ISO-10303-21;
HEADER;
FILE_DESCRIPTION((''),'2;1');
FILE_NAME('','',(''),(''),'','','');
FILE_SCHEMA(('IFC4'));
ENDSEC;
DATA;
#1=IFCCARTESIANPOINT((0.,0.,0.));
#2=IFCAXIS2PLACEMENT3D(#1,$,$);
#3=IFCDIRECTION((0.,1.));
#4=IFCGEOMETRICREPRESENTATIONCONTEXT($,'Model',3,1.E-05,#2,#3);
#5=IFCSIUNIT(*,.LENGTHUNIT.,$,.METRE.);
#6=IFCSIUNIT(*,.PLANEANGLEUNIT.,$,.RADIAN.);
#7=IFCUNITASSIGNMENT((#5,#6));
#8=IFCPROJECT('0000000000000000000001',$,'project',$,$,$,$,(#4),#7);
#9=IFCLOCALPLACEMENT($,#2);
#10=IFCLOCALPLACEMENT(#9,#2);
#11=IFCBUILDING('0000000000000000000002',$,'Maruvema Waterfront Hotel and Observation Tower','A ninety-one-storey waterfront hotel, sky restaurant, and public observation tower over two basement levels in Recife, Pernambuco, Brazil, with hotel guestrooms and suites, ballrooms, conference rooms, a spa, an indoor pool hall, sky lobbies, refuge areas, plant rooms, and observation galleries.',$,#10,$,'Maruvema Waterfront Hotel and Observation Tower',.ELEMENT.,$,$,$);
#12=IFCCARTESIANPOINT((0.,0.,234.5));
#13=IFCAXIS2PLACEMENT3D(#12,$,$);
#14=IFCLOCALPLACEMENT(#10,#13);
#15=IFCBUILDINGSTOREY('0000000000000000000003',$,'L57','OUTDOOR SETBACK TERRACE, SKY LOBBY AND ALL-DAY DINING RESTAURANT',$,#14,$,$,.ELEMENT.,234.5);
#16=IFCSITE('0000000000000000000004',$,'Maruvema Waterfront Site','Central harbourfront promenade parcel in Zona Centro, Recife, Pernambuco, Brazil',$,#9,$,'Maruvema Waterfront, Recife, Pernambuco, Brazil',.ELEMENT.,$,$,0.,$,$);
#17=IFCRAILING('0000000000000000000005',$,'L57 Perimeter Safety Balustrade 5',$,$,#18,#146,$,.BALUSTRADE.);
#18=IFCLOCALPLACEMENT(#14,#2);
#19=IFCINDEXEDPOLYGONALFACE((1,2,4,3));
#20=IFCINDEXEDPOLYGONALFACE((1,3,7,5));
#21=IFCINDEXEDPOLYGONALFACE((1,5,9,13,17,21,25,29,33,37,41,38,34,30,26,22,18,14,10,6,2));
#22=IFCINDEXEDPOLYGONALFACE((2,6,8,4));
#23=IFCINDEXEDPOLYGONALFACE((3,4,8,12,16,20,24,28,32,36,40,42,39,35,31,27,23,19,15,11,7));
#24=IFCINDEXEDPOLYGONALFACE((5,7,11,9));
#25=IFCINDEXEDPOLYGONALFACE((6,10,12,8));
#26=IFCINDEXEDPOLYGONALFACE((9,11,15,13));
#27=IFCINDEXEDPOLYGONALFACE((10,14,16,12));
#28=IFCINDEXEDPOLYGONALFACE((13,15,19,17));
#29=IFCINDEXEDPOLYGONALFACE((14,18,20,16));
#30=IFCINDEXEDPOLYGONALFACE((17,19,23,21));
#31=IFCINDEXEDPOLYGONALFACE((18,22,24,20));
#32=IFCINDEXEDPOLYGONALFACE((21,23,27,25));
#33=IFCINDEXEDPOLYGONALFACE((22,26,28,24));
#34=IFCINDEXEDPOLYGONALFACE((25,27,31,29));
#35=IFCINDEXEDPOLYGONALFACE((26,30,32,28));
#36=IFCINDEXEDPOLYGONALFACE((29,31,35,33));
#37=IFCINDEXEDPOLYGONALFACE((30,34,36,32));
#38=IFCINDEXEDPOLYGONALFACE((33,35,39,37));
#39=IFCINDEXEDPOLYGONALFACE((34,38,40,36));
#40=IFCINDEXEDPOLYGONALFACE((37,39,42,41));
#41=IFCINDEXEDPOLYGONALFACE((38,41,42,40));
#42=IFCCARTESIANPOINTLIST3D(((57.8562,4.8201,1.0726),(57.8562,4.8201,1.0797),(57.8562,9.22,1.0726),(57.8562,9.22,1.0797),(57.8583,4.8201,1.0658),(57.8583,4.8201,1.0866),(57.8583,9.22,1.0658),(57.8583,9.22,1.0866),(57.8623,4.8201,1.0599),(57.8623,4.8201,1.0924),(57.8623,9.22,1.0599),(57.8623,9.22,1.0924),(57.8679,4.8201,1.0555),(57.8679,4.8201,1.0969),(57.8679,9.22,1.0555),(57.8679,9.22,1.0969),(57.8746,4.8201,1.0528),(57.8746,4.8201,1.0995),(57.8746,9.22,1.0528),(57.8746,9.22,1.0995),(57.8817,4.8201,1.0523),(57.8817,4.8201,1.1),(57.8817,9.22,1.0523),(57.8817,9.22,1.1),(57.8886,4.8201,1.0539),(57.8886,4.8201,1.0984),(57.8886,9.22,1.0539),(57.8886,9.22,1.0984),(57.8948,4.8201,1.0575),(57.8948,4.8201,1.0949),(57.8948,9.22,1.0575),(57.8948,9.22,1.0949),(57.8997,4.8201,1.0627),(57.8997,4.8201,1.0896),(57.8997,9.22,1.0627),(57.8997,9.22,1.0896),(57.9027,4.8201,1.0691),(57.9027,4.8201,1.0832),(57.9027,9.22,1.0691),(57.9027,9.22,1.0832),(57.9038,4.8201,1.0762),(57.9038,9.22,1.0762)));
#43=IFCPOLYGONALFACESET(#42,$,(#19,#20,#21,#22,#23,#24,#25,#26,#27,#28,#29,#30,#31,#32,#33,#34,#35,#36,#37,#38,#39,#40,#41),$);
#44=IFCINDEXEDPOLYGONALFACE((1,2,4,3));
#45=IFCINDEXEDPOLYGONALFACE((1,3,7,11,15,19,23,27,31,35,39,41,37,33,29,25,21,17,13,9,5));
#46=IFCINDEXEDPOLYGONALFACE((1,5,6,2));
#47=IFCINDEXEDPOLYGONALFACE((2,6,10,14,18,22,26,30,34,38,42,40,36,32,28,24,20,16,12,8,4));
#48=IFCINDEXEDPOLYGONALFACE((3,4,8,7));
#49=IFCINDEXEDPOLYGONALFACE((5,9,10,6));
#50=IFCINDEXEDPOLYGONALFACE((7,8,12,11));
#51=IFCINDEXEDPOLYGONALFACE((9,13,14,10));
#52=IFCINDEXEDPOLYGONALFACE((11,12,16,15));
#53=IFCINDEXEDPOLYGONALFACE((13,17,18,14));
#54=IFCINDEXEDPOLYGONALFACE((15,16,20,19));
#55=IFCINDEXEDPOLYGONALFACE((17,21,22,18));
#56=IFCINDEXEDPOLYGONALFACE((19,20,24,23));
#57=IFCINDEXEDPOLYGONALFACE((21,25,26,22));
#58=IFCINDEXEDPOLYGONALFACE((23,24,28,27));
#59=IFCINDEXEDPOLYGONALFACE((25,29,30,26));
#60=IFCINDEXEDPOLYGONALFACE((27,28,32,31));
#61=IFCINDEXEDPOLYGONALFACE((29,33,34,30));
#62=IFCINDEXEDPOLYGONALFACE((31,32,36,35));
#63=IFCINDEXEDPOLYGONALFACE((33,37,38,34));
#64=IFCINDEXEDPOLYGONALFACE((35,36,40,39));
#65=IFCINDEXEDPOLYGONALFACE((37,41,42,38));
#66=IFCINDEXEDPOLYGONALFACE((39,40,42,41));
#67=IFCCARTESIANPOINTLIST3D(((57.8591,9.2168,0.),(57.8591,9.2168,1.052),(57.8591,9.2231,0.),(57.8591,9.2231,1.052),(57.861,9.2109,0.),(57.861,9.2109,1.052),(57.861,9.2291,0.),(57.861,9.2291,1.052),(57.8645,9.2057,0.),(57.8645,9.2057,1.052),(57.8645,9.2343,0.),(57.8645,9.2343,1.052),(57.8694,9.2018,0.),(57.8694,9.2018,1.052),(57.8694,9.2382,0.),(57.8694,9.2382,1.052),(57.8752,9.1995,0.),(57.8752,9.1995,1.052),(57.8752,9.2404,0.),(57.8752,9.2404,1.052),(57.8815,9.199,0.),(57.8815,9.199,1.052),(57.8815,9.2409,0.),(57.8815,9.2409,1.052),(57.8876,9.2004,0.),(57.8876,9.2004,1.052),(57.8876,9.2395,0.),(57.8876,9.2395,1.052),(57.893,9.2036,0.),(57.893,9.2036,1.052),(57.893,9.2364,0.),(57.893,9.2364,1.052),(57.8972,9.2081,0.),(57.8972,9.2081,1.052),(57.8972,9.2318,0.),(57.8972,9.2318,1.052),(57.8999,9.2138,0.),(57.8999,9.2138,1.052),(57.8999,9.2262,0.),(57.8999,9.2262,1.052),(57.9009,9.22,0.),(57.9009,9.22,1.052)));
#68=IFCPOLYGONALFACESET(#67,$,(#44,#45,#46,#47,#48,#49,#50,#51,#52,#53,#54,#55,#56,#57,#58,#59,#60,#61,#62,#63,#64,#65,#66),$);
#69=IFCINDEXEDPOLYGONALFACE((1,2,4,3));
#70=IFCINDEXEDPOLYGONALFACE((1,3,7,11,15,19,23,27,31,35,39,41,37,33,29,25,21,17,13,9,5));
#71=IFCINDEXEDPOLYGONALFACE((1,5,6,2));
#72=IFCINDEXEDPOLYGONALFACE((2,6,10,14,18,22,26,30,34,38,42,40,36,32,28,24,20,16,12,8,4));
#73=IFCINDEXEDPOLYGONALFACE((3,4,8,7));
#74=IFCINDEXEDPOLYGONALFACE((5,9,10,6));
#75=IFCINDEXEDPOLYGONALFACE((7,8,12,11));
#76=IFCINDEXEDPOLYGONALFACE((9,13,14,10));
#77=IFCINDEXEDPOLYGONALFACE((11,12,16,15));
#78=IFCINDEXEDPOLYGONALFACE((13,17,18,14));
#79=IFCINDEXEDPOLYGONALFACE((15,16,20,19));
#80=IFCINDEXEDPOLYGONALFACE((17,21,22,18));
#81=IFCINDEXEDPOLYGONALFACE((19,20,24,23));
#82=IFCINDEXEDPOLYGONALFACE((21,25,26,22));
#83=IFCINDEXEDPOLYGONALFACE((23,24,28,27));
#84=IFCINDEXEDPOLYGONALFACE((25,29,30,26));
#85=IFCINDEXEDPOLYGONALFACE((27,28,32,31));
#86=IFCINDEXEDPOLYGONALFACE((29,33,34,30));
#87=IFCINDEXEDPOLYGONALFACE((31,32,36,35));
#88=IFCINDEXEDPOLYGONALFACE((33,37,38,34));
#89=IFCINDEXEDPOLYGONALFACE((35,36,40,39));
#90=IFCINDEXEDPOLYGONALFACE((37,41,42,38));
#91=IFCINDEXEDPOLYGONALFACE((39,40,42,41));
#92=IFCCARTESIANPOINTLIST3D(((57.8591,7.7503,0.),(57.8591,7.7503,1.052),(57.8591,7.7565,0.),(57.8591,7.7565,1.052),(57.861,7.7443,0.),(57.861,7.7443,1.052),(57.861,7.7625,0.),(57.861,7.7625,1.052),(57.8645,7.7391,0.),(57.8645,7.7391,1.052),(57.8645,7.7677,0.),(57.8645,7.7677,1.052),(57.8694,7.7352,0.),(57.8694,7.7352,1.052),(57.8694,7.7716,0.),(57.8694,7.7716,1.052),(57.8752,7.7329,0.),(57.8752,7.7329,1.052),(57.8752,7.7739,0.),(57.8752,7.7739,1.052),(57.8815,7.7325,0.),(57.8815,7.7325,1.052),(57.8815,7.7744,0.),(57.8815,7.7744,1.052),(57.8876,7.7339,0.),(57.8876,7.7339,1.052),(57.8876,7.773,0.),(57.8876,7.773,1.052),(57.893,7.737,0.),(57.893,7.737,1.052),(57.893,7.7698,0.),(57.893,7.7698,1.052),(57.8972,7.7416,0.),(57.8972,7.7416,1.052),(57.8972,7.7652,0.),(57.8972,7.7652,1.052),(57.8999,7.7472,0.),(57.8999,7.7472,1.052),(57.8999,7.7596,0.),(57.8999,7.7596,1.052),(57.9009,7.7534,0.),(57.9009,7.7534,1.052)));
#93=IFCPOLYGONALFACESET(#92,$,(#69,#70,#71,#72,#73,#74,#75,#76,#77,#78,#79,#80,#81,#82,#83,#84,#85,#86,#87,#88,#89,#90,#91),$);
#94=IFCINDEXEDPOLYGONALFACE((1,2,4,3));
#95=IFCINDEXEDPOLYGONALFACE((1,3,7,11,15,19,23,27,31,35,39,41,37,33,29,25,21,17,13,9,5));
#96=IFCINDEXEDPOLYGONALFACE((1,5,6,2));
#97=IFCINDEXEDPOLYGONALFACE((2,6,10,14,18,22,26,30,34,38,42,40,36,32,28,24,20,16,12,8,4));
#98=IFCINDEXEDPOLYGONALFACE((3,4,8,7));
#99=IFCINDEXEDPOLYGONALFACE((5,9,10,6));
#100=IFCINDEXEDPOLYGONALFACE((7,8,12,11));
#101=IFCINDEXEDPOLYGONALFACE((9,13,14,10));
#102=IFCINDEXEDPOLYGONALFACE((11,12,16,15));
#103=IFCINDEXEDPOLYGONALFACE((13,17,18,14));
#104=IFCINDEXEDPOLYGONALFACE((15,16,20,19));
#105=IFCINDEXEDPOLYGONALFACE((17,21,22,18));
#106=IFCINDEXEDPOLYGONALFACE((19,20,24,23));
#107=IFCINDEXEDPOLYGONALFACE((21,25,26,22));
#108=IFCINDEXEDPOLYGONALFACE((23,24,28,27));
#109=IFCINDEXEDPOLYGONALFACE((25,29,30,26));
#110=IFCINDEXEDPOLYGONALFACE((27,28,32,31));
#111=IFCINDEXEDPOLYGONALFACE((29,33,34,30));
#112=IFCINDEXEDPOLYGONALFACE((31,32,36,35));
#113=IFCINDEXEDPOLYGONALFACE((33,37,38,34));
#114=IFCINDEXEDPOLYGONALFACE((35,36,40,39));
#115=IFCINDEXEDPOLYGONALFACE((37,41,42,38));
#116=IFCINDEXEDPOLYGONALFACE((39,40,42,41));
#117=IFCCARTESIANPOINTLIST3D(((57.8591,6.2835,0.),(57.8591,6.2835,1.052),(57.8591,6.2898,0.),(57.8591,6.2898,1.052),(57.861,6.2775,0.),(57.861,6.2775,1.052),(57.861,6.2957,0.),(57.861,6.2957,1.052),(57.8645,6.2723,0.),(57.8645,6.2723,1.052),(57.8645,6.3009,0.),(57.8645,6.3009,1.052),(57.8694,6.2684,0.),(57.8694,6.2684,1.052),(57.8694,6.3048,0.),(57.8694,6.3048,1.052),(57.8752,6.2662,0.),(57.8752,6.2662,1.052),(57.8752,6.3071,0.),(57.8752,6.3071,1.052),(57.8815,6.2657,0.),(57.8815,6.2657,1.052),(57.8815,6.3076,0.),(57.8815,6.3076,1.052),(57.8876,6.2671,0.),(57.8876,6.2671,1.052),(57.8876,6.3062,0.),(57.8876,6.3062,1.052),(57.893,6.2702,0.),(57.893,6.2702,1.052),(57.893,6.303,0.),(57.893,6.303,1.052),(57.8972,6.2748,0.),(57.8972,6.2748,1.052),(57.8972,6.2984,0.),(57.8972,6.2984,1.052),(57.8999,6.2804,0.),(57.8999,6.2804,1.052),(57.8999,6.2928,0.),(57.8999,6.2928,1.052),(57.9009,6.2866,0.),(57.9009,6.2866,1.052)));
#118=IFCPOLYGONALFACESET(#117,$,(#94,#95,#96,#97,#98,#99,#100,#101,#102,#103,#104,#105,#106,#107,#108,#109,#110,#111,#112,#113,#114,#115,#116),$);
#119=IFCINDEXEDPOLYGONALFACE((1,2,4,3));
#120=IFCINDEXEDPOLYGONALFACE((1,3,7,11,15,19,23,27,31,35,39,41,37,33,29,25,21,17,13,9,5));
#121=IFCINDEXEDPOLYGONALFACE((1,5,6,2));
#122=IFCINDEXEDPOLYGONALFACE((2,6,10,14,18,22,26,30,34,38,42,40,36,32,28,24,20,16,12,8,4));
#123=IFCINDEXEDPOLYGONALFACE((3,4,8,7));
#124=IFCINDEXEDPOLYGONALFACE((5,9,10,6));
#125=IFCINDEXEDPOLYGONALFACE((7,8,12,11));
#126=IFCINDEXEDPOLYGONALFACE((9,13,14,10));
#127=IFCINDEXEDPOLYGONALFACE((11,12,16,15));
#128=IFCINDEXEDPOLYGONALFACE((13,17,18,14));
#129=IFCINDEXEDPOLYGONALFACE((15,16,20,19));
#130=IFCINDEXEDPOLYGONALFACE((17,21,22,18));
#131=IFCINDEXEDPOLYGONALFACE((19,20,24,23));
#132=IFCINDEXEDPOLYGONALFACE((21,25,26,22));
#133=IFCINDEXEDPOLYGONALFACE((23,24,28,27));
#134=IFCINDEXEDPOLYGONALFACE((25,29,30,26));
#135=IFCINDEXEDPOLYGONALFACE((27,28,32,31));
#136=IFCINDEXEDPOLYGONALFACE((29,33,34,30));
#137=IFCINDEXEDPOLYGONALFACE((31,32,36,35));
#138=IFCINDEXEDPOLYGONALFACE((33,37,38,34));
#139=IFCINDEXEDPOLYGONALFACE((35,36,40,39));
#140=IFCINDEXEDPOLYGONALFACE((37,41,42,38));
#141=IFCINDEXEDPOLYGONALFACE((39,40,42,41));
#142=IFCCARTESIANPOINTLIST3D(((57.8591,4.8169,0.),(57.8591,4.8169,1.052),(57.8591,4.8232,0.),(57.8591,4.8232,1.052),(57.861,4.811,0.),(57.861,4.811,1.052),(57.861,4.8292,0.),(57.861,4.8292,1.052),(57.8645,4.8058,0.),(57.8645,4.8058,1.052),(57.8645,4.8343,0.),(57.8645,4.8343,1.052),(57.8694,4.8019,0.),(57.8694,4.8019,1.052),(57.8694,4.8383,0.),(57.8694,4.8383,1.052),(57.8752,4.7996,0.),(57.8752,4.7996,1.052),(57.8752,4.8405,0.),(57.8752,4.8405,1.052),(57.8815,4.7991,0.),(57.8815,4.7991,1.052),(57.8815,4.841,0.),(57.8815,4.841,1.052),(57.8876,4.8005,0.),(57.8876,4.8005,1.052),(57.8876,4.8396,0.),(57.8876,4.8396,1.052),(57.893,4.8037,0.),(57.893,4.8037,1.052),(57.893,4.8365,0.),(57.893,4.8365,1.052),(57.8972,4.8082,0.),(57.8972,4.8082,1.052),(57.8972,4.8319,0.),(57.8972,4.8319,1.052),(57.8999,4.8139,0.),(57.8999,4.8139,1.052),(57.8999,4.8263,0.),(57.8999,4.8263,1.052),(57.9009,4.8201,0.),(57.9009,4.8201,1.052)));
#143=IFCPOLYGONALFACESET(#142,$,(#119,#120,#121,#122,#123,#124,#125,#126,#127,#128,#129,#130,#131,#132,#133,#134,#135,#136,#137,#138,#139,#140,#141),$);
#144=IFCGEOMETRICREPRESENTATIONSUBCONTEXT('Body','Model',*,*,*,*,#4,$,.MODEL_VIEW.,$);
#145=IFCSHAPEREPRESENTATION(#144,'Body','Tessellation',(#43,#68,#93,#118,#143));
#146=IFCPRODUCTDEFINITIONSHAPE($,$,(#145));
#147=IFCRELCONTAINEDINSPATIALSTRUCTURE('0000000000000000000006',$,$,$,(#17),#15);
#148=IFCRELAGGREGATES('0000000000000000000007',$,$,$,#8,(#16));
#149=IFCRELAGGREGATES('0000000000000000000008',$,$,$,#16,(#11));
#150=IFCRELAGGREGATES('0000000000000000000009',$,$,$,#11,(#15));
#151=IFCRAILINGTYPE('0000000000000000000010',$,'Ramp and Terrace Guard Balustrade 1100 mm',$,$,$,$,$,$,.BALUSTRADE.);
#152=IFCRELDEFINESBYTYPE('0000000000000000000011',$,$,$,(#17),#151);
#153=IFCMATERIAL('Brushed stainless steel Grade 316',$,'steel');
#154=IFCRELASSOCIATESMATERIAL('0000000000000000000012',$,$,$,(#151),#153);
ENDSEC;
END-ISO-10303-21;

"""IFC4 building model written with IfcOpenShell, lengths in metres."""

from ifc_helpers import new_model, si_unit, direction, frame, origin, origin_2d, place, context, subcontext, project, spatial, circle, extrude, material, type_object, element, save


model = new_model("IFC4")

# Units and contexts
model_context = context("Model", 3, precision=1e-05, world=origin(), true_north=direction((0.0, 1.0)))
body_context = subcontext(model_context, "Body", "Model", "MODEL_VIEW")
ifc_project = project(units=[si_unit("LENGTHUNIT", "METRE"), si_unit("PLANEANGLEUNIT", "RADIAN")], contexts=[model_context])

# Site, building, storey
site_placement = place(None, origin())
site = spatial("IfcSite", under=ifc_project, at=site_placement, Name="Maruvema Waterfront Site", Description="Central harbourfront promenade parcel in Zona Centro, Recife, Pernambuco, Brazil", LongName="Maruvema Waterfront, Recife, Pernambuco, Brazil", CompositionType="ELEMENT", RefElevation=0.0)
building_placement = place(site_placement, origin())
building = spatial("IfcBuilding", under=site, at=building_placement, Name="Maruvema Waterfront Hotel and Observation Tower", Description="A ninety-one-storey waterfront hotel, sky restaurant, and public observation tower over two basement levels in Recife, Pernambuco, Brazil, with hotel guestrooms and suites, ballrooms, conference rooms, a spa, an indoor pool hall, sky lobbies, refuge areas, plant rooms, and observation galleries.", LongName="Maruvema Waterfront Hotel and Observation Tower", CompositionType="ELEMENT")
storey_placement = place(building_placement, frame((0.0, 0.0, 234.5)))
storey = spatial("IfcBuildingStorey", under=building, at=storey_placement, Name="L57", Description="OUTDOOR SETBACK TERRACE, SKY LOBBY AND ALL-DAY DINING RESTAURANT", CompositionType="ELEMENT", Elevation=234.5)

# Railing
ifc_material_1 = material(Name="Brushed stainless steel Grade 316", Category="steel")
railing_type = type_object("IfcRailingType", Name="Ramp and Terrace Guard Balustrade 1100 mm", PredefinedType="BALUSTRADE", material=ifc_material_1)
railing_1_placement = place(storey_placement, frame((57.8799, 9.22, 0.0)))
element("IfcRailing", 1, at=railing_1_placement, inside=storey, type_object=railing_type, Name="L57 Perimeter Safety Balustrade 5", PredefinedType="BALUSTRADE", context=body_context, shape_type="SweptSolid", body=[
    extrude(circle(Radius=0.0239, at=origin_2d()), frame((0.0, 0.0, 1.0762), z_axis=(0.0, -1.0, 0.0), x_axis=(1.0, 0.0, 0.0)), (0.0, 0.0, 1.0), 4.3999),
    extrude(circle(Radius=0.021, at=origin_2d()), origin(), (0.0, 0.0, 1.0), 1.052),
    extrude(circle(Radius=0.021, at=origin_2d()), frame((0.0, -1.4666, 0.0)), (0.0, 0.0, 1.0), 1.052),
    extrude(circle(Radius=0.021, at=origin_2d()), frame((0.0, -2.9333, 0.0)), (0.0, 0.0, 1.0), 1.052),
    extrude(circle(Radius=0.021, at=origin_2d()), frame((0.0, -4.3999, 0.0)), (0.0, 0.0, 1.0), 1.052),
])

save(model, "model.ifc")
